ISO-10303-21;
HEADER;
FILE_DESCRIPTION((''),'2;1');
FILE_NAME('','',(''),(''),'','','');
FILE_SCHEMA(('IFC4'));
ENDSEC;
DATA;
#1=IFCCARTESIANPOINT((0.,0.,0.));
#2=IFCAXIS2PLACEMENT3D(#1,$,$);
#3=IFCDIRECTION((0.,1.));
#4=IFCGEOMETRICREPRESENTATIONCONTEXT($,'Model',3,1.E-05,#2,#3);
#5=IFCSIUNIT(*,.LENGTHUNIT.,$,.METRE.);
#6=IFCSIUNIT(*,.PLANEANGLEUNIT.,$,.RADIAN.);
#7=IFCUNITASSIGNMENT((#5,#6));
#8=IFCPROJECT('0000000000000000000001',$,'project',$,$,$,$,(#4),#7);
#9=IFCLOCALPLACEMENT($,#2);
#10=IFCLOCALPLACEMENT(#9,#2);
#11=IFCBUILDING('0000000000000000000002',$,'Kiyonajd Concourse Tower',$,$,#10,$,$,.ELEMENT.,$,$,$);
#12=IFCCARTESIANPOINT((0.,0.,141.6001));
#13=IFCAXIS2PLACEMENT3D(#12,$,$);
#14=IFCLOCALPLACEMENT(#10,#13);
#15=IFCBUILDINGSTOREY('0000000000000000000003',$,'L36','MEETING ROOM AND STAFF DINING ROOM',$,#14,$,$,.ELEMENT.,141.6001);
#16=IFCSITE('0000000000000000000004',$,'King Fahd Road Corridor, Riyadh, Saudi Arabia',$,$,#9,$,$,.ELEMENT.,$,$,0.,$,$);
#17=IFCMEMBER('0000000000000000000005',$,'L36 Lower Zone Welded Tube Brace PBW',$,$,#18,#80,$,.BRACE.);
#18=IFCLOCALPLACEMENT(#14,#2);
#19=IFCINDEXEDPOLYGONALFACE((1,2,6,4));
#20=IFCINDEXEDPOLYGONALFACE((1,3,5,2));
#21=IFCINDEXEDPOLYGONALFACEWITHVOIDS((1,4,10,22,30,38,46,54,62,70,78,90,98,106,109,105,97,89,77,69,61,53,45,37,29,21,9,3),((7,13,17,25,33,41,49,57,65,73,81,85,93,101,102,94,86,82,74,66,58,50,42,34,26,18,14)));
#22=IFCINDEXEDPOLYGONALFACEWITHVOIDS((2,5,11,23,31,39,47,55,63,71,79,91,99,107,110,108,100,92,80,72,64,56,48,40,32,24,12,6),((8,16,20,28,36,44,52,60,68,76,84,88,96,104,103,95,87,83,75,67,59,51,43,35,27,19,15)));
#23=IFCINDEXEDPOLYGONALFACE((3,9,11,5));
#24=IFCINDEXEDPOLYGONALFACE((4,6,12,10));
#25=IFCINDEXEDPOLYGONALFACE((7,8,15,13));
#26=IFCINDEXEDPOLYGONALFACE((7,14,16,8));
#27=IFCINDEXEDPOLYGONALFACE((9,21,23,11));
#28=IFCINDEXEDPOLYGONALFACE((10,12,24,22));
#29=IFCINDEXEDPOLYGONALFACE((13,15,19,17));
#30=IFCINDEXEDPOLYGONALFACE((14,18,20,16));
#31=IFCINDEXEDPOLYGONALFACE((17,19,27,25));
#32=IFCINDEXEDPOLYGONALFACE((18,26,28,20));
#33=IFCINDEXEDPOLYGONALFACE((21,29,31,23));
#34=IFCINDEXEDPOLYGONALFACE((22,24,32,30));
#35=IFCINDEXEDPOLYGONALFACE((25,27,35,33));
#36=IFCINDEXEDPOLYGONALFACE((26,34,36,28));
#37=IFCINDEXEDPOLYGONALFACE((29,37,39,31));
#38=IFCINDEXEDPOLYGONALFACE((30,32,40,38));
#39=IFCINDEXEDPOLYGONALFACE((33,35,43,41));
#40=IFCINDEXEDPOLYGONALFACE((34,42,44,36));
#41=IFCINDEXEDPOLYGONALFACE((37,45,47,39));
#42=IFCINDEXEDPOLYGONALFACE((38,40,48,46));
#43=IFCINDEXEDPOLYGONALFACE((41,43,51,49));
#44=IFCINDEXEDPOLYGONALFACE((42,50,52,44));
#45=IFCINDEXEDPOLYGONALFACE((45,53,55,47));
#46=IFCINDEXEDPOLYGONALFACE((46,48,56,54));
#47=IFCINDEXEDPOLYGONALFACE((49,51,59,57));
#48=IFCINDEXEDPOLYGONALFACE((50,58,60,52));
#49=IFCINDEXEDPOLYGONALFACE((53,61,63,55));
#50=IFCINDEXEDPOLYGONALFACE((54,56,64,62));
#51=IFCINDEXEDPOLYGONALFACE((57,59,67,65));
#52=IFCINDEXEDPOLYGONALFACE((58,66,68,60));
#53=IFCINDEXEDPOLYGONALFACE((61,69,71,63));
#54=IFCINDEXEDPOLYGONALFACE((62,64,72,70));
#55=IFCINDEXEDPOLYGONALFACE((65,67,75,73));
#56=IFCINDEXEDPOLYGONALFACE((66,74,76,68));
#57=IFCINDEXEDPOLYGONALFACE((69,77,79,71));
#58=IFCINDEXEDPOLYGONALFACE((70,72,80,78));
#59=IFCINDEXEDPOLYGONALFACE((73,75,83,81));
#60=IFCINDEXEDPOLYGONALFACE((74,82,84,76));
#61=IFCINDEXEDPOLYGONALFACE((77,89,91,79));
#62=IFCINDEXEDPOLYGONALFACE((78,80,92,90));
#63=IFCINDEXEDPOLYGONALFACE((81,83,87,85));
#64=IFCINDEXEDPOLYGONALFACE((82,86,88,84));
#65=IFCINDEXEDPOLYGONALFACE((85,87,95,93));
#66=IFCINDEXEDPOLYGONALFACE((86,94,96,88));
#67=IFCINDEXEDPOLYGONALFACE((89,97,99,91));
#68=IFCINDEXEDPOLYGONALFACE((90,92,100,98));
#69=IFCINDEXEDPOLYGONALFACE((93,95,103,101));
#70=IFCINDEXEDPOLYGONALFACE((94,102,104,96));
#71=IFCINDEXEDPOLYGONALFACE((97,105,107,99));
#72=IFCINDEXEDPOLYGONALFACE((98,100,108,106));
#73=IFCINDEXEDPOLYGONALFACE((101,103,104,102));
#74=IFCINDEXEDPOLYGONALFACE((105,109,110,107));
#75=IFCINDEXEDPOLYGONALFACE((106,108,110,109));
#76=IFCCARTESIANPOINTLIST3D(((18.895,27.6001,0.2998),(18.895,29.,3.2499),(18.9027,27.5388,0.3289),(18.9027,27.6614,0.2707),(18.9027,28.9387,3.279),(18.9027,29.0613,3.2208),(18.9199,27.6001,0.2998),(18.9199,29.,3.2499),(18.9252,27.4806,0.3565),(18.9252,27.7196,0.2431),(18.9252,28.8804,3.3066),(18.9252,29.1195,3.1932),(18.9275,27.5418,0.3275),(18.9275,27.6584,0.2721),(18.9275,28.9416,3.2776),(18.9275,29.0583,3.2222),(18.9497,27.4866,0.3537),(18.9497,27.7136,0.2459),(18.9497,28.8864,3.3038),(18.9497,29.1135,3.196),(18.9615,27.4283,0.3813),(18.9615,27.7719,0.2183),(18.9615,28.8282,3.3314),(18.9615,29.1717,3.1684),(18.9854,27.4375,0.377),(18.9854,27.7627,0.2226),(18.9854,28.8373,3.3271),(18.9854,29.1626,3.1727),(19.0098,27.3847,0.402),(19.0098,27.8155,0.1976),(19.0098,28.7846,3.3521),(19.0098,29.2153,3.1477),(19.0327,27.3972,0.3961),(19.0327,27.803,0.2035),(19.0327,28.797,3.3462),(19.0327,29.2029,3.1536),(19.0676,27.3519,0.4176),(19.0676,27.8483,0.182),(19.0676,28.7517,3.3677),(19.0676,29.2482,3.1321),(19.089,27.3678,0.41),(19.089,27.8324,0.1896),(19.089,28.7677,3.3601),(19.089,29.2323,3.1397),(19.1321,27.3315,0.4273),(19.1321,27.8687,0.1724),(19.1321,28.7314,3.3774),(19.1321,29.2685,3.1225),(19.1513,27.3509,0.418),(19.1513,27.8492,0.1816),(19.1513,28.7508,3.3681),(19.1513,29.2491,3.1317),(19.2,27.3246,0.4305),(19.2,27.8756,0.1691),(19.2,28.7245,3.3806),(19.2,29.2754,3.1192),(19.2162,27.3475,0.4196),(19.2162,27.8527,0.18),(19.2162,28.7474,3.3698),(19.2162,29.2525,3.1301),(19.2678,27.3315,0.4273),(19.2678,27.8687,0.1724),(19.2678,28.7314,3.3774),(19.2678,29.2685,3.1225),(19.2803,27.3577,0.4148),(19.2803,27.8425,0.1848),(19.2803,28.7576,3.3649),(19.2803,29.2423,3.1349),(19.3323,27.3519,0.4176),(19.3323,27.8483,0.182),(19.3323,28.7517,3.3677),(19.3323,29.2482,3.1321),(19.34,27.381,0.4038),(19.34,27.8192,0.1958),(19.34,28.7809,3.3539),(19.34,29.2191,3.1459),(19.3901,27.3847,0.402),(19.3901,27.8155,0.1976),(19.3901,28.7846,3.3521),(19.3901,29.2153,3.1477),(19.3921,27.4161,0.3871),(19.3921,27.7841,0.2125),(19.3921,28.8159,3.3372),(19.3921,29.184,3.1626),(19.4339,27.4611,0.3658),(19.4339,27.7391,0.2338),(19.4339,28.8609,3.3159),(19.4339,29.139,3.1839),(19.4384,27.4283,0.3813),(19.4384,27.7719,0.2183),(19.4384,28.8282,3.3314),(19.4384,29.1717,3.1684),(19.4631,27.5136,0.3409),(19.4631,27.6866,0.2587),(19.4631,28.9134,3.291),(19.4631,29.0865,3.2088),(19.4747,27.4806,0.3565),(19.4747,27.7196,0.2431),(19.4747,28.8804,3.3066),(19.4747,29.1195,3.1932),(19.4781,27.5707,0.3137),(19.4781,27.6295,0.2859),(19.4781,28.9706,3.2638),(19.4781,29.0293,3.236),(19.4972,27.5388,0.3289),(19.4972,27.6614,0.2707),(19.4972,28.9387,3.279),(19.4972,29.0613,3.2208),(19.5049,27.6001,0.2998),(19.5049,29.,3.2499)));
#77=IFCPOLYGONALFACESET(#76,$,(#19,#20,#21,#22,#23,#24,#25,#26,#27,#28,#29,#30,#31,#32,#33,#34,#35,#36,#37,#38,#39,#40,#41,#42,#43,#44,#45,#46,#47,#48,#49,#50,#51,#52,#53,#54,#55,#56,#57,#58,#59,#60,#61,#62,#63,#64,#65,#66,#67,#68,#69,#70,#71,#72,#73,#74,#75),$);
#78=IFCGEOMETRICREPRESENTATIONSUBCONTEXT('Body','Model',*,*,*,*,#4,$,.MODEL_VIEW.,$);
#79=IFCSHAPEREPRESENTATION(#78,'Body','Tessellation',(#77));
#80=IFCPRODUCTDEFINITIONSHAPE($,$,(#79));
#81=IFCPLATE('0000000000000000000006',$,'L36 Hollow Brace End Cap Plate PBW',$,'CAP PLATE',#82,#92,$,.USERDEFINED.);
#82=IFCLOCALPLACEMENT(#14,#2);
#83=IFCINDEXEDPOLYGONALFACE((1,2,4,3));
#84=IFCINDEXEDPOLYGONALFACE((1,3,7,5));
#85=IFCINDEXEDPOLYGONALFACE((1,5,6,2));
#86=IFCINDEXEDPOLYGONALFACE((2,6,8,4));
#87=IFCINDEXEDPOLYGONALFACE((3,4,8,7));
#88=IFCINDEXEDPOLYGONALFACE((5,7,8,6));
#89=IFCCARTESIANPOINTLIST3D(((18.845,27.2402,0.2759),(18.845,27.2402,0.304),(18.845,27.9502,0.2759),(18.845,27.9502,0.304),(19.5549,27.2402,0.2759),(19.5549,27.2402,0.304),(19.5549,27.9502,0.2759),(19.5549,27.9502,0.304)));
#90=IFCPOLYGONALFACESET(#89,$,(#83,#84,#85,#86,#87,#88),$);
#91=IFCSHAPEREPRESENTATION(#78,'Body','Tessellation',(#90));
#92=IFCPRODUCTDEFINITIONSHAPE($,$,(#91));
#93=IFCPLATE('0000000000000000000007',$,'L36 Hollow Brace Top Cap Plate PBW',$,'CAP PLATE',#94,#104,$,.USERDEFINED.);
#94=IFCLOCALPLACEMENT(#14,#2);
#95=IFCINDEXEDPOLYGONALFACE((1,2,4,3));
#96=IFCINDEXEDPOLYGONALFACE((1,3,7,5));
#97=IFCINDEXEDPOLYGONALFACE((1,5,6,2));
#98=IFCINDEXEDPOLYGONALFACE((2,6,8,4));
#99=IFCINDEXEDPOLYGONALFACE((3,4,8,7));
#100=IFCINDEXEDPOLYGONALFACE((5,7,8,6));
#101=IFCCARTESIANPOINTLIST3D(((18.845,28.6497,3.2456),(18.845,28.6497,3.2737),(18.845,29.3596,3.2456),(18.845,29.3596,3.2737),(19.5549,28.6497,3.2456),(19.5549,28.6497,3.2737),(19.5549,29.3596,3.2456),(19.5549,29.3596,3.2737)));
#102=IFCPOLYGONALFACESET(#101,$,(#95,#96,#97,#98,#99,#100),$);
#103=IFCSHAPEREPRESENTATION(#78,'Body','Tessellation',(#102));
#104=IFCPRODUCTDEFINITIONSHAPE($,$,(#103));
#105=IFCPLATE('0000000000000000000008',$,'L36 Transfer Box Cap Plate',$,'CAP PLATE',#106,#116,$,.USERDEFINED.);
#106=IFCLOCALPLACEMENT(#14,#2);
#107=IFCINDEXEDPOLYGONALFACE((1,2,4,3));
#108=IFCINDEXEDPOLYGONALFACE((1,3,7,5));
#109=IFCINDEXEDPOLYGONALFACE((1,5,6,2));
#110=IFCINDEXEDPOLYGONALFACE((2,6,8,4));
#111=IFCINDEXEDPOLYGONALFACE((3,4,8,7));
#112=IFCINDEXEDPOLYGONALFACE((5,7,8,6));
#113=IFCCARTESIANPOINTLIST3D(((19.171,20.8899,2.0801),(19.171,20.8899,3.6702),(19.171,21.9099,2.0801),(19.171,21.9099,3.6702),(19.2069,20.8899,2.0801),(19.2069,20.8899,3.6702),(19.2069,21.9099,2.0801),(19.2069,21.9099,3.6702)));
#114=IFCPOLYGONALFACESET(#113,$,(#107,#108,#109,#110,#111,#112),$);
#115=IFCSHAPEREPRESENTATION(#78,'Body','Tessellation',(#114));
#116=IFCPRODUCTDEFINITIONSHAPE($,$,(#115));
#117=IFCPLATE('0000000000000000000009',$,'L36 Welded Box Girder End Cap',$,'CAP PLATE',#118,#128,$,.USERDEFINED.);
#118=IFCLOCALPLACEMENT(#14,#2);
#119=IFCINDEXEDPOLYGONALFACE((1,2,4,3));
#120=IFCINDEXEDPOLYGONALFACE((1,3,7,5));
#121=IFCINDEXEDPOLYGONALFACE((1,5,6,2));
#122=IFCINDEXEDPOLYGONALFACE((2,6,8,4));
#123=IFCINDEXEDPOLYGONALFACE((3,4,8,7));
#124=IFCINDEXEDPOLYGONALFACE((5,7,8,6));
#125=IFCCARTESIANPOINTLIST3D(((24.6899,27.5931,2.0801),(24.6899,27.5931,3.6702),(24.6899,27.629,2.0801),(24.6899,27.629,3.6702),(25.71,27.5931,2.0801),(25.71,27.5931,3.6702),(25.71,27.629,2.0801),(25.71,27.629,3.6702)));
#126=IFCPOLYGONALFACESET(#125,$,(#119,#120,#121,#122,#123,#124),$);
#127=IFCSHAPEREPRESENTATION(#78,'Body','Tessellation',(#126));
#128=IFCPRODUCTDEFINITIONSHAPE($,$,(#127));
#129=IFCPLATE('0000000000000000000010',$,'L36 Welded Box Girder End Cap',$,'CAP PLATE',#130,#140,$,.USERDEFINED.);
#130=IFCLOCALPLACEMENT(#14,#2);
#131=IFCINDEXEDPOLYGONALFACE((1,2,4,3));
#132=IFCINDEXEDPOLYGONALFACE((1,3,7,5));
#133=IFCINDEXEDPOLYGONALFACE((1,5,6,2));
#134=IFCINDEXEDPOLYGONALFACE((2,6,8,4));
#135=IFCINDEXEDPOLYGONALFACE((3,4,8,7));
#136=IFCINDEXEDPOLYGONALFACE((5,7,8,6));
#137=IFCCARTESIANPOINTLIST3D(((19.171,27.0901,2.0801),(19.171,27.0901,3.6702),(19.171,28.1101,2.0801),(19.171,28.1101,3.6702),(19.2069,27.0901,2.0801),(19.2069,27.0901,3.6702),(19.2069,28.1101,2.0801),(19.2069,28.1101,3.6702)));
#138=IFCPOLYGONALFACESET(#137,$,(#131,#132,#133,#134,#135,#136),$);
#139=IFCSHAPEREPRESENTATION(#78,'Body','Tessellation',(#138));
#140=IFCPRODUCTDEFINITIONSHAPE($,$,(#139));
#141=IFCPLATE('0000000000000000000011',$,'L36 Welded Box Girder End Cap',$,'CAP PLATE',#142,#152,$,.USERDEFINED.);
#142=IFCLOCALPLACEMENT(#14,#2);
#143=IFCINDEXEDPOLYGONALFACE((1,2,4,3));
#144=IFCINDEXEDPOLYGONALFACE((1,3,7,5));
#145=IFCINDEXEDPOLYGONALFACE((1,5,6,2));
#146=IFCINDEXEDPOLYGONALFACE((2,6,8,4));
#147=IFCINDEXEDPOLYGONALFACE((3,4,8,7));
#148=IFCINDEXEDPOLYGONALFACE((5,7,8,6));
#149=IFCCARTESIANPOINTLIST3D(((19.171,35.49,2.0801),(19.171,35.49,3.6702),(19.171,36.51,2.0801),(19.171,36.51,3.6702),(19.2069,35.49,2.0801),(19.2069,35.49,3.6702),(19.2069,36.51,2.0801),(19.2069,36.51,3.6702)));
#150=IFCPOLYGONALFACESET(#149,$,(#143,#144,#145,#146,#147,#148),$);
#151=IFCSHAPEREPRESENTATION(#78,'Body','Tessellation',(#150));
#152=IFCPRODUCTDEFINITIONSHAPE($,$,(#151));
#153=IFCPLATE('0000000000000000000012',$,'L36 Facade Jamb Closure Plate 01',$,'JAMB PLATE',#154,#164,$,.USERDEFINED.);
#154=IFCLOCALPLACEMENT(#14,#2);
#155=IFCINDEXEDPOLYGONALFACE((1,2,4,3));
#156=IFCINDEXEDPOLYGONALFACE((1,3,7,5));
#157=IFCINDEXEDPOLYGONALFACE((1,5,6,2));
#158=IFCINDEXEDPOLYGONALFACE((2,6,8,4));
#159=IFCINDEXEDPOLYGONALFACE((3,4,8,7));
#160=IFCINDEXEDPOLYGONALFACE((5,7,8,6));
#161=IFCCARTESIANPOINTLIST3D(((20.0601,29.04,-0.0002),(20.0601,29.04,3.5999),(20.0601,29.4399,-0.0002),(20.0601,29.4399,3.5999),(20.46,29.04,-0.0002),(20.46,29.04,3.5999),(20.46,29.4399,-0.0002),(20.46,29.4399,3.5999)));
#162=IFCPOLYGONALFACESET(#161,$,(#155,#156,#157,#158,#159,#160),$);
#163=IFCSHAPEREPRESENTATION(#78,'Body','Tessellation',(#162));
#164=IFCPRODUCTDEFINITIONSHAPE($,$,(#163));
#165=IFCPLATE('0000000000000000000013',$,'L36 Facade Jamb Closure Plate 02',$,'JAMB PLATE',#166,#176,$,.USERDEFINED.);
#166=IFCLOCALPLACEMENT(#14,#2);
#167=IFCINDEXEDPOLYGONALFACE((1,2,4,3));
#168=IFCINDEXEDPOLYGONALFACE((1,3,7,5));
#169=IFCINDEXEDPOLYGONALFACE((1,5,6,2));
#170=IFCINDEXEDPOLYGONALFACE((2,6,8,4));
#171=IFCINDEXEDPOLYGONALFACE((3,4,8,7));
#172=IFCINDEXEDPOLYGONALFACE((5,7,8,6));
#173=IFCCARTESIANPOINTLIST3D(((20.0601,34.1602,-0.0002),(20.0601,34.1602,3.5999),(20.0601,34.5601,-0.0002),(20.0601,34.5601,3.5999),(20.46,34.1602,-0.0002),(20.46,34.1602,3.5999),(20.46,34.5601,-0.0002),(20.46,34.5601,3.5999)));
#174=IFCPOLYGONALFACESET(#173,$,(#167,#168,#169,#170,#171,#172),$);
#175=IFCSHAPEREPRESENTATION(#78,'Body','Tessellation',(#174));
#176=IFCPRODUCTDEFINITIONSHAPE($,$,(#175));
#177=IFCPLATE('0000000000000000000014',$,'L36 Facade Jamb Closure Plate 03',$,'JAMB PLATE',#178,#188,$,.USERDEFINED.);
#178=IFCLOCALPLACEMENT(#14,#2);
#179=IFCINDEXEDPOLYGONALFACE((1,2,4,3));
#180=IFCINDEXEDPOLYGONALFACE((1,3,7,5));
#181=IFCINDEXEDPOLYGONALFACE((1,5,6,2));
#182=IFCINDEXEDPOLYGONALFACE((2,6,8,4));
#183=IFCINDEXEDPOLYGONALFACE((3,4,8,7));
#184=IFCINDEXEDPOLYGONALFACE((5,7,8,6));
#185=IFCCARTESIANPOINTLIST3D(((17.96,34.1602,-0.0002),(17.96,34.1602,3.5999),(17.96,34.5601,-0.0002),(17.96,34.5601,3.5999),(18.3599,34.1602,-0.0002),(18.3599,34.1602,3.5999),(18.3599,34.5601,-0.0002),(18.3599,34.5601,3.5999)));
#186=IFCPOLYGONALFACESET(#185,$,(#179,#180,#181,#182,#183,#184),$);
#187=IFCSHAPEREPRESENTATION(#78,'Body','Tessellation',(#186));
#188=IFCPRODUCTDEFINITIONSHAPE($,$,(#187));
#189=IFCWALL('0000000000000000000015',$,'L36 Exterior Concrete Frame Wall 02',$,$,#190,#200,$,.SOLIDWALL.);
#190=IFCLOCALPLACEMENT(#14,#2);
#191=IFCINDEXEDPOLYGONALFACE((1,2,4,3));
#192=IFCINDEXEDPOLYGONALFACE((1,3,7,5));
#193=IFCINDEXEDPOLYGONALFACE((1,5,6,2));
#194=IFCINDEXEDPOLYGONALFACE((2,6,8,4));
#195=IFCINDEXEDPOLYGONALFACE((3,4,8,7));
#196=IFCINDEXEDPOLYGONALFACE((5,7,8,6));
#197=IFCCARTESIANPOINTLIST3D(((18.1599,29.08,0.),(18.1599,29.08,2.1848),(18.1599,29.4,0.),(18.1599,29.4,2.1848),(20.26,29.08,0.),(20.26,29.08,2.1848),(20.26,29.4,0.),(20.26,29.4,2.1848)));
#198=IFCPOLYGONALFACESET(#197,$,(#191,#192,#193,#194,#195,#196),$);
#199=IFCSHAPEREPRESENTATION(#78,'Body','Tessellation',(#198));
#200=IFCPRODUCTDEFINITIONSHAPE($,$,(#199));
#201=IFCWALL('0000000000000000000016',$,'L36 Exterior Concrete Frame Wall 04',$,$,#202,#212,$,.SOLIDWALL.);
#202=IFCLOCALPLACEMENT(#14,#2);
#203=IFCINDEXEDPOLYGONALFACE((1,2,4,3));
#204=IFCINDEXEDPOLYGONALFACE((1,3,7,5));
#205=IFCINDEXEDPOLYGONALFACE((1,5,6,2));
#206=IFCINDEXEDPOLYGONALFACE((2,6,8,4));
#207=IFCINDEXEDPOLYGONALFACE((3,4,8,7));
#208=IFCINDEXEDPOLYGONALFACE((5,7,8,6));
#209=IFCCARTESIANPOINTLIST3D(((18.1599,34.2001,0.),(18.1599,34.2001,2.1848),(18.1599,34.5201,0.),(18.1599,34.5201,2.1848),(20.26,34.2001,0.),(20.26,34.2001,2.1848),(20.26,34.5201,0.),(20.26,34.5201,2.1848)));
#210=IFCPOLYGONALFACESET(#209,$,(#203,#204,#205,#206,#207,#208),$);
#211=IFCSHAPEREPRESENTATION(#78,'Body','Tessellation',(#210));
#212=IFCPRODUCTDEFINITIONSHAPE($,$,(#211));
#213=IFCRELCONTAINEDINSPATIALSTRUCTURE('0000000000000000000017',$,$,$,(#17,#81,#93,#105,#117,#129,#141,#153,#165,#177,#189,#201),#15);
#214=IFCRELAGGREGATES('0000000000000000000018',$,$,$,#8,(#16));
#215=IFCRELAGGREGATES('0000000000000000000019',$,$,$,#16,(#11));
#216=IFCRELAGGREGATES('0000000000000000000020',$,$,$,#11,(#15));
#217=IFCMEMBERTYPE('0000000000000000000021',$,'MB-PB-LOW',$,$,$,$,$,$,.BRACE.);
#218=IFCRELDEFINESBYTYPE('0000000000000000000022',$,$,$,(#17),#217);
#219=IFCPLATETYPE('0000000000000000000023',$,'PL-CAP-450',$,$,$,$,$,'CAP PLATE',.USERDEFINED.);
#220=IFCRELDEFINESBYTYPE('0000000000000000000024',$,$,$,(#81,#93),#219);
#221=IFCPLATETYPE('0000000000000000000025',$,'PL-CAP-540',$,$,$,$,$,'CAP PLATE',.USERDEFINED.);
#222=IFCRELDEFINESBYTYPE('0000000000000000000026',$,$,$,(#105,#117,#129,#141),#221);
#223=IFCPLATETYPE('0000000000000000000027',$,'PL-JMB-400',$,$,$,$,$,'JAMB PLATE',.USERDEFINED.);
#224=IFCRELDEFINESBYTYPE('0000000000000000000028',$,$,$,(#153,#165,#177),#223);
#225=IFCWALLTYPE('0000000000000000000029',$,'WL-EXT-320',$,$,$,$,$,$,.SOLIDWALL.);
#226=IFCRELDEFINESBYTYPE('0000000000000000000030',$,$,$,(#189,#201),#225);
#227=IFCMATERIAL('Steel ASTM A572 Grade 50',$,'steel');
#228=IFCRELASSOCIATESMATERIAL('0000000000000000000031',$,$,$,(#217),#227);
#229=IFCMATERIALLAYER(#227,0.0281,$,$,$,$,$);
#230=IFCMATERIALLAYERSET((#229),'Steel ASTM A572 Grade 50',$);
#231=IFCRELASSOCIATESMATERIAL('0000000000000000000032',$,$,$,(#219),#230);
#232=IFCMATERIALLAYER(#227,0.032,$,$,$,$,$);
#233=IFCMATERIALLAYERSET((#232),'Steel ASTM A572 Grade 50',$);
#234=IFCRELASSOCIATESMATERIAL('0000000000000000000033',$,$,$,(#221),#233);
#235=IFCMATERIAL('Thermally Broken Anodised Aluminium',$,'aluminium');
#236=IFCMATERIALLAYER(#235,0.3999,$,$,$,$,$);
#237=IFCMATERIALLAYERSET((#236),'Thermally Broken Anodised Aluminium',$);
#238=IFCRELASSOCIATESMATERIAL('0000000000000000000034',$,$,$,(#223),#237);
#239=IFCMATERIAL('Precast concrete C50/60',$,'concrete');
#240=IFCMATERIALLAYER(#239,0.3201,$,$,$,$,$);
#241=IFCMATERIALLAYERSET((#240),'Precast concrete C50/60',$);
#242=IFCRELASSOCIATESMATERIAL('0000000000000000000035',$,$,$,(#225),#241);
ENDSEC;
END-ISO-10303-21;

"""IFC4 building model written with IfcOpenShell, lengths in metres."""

from ifc_helpers import new_model, si_unit, direction, frame, frame_2d, origin, origin_2d, place, context, subcontext, project, spatial, rectangle, hollow_circle, extrude, material, layer, layer_set, material_profile, profile_set, type_object, element, save


model = new_model("IFC4")

# Units and contexts
model_context = context("Model", 3, precision=1e-05, world=origin(), true_north=direction((0.0, 1.0)))
body_context = subcontext(model_context, "Body", "Model", "MODEL_VIEW")
ifc_project = project(units=[si_unit("LENGTHUNIT", "METRE"), si_unit("PLANEANGLEUNIT", "RADIAN")], contexts=[model_context])

# Site, building, storey
site_placement = place(None, origin())
site = spatial("IfcSite", under=ifc_project, at=site_placement, Name="King Fahd Road Corridor, Riyadh, Saudi Arabia", CompositionType="ELEMENT", RefElevation=0.0)
building_placement = place(site_placement, origin())
building = spatial("IfcBuilding", under=site, at=building_placement, Name="Kiyonajd Concourse Tower", CompositionType="ELEMENT")
storey_placement = place(building_placement, frame((0.0, 0.0, 141.6001)))
storey = spatial("IfcBuildingStorey", under=building, at=storey_placement, Name="L36", Description="MEETING ROOM AND STAFF DINING ROOM", CompositionType="ELEMENT", Elevation=141.6001)

# Shared definitions
ifc_material_1 = material(Name="Steel ASTM A572 Grade 50", Category="steel")

# Shared definitions
ifc_material_2 = material(Name="Thermally Broken Anodised Aluminium", Category="aluminium")

# Member
ifc_material_profile_1 = material_profile(ifc_material_1, hollow_circle(Radius=0.3049, WallThickness=0.0249, at=origin_2d()), Name="CHS-610x25")
ifc_profile_set_1 = profile_set([ifc_material_profile_1], Name="Steel ASTM A572 Grade 50")
member_type_1 = type_object("IfcMemberType", Name="MB-PB-LOW", PredefinedType="BRACE", material=ifc_profile_set_1)
member_1_placement = place(storey_placement, frame((19.2, 27.6001, 0.2998), z_axis=(0.0, 0.428697, 0.903448), x_axis=(-1.0, 0.0, 0.0)))
element("IfcMember", 1, at=member_1_placement, inside=storey, type_object=member_type_1, Name="L36 Lower Zone Welded Tube Brace PBW", PredefinedType="BRACE", context=body_context, shape_type="SweptSolid", body=[
    extrude(hollow_circle(Radius=0.3049, WallThickness=0.0249, at=origin_2d()), origin(), (0.0, 0.0, 1.0), 3.2654),
])

# Plates
ifc_layer_1 = layer(ifc_material_1, 0.0281)
ifc_layer_set_1 = layer_set([ifc_layer_1], Name="Steel ASTM A572 Grade 50")
plate_type_1 = type_object("IfcPlateType", Name="PL-CAP-450", ElementType="CAP PLATE", PredefinedType="USERDEFINED", material=ifc_layer_set_1)
for number, where, z_axis, x_axis, name in (
    (2, (19.2, 27.5952, 0.2759), (0.0, 0.0, 1.0), (1.0, 0.0, 0.0), "L36 Hollow Brace End Cap Plate PBW"),
    (3, (19.2, 29.0046, 3.2456), (0.0, 0.0, 1.0), (1.0, 0.0, 0.0), "L36 Hollow Brace Top Cap Plate PBW"),
):
    element("IfcPlate", number, at=place(storey_placement, frame(where, z_axis=z_axis, x_axis=x_axis)), inside=storey, type_object=plate_type_1, Name=name, ObjectType="CAP PLATE", PredefinedType="USERDEFINED", context=body_context, shape_type="SweptSolid", body=[
        extrude(rectangle(XDim=0.71, YDim=0.71, at=origin_2d()), origin(), (0.0, 0.0, 1.0), 0.0281),
    ])
ifc_layer_2 = layer(ifc_material_1, 0.032)
ifc_layer_set_2 = layer_set([ifc_layer_2], Name="Steel ASTM A572 Grade 50")
plate_type_2 = type_object("IfcPlateType", Name="PL-CAP-540", ElementType="CAP PLATE", PredefinedType="USERDEFINED", material=ifc_layer_set_2)
for number, where, z_axis, x_axis, name in (
    (4, (19.189, 21.3999, 2.0801), (0.0, 0.0, 1.0), (-1.0, 0.0, 0.0), "L36 Transfer Box Cap Plate"),
    (5, (25.2, 27.6111, 2.0801), (0.0, 0.0, 1.0), (0.0, 1.0, 0.0), "L36 Welded Box Girder End Cap"),
    (6, (19.189, 27.6001, 2.0801), (0.0, 0.0, 1.0), (-1.0, 0.0, 0.0), "L36 Welded Box Girder End Cap"),
    (7, (19.189, 36.0, 2.0801), (0.0, 0.0, 1.0), (-1.0, 0.0, 0.0), "L36 Welded Box Girder End Cap"),
):
    element("IfcPlate", number, at=place(storey_placement, frame(where, z_axis=z_axis, x_axis=x_axis)), inside=storey, type_object=plate_type_2, Name=name, ObjectType="CAP PLATE", PredefinedType="USERDEFINED", context=body_context, shape_type="SweptSolid", body=[
        extrude(rectangle(XDim=0.0359, YDim=1.02, at=origin_2d()), origin(), (0.0, 0.0, 1.0), 1.5901),
    ])
ifc_layer_3 = layer(ifc_material_2, 0.3999)
ifc_layer_set_3 = layer_set([ifc_layer_3], Name="Thermally Broken Anodised Aluminium")
plate_type_3 = type_object("IfcPlateType", Name="PL-JMB-400", ElementType="JAMB PLATE", PredefinedType="USERDEFINED", material=ifc_layer_set_3)
for number, where, z_axis, x_axis, name in (
    (8, (20.26, 29.24, -0.0002), (0.0, 0.0, 1.0), (1.0, 0.0, 0.0), "L36 Facade Jamb Closure Plate 01"),
    (9, (20.26, 34.3601, -0.0002), (0.0, 0.0, 1.0), (1.0, 0.0, 0.0), "L36 Facade Jamb Closure Plate 02"),
    (10, (18.1599, 34.3601, -0.0002), (0.0, 0.0, 1.0), (1.0, 0.0, 0.0), "L36 Facade Jamb Closure Plate 03"),
):
    element("IfcPlate", number, at=place(storey_placement, frame(where, z_axis=z_axis, x_axis=x_axis)), inside=storey, type_object=plate_type_3, Name=name, ObjectType="JAMB PLATE", PredefinedType="USERDEFINED", context=body_context, shape_type="SweptSolid", body=[
        extrude(rectangle(XDim=0.3999, YDim=0.3999, at=origin_2d()), origin(), (0.0, 0.0, 1.0), 3.6001),
    ])

# Walls
ifc_material_3 = material(Name="Precast concrete C50/60", Category="concrete")
ifc_layer_4 = layer(ifc_material_3, 0.3201)
ifc_layer_set_4 = layer_set([ifc_layer_4], Name="Precast concrete C50/60")
wall_type_1 = type_object("IfcWallType", Name="WL-EXT-320", PredefinedType="SOLIDWALL", material=ifc_layer_set_4)
for number, where, z_axis, x_axis, name in (
    (11, (18.1599, 29.24, 0.0), (0.0, 0.0, 1.0), (1.0, 0.0, 0.0), "L36 Exterior Concrete Frame Wall 02"),
    (12, (20.26, 34.3601, 0.0), (0.0, 0.0, 1.0), (-1.0, 0.0, 0.0), "L36 Exterior Concrete Frame Wall 04"),
):
    element("IfcWall", number, at=place(storey_placement, frame(where, z_axis=z_axis, x_axis=x_axis)), inside=storey, type_object=wall_type_1, Name=name, PredefinedType="SOLIDWALL", context=body_context, shape_type="SweptSolid", body=[
        extrude(rectangle(XDim=2.1001, YDim=0.3201, at=frame_2d((1.05, 0.0))), origin(), (0.0, 0.0, 1.0), 2.1848),
    ])

save(model, "model.ifc")
